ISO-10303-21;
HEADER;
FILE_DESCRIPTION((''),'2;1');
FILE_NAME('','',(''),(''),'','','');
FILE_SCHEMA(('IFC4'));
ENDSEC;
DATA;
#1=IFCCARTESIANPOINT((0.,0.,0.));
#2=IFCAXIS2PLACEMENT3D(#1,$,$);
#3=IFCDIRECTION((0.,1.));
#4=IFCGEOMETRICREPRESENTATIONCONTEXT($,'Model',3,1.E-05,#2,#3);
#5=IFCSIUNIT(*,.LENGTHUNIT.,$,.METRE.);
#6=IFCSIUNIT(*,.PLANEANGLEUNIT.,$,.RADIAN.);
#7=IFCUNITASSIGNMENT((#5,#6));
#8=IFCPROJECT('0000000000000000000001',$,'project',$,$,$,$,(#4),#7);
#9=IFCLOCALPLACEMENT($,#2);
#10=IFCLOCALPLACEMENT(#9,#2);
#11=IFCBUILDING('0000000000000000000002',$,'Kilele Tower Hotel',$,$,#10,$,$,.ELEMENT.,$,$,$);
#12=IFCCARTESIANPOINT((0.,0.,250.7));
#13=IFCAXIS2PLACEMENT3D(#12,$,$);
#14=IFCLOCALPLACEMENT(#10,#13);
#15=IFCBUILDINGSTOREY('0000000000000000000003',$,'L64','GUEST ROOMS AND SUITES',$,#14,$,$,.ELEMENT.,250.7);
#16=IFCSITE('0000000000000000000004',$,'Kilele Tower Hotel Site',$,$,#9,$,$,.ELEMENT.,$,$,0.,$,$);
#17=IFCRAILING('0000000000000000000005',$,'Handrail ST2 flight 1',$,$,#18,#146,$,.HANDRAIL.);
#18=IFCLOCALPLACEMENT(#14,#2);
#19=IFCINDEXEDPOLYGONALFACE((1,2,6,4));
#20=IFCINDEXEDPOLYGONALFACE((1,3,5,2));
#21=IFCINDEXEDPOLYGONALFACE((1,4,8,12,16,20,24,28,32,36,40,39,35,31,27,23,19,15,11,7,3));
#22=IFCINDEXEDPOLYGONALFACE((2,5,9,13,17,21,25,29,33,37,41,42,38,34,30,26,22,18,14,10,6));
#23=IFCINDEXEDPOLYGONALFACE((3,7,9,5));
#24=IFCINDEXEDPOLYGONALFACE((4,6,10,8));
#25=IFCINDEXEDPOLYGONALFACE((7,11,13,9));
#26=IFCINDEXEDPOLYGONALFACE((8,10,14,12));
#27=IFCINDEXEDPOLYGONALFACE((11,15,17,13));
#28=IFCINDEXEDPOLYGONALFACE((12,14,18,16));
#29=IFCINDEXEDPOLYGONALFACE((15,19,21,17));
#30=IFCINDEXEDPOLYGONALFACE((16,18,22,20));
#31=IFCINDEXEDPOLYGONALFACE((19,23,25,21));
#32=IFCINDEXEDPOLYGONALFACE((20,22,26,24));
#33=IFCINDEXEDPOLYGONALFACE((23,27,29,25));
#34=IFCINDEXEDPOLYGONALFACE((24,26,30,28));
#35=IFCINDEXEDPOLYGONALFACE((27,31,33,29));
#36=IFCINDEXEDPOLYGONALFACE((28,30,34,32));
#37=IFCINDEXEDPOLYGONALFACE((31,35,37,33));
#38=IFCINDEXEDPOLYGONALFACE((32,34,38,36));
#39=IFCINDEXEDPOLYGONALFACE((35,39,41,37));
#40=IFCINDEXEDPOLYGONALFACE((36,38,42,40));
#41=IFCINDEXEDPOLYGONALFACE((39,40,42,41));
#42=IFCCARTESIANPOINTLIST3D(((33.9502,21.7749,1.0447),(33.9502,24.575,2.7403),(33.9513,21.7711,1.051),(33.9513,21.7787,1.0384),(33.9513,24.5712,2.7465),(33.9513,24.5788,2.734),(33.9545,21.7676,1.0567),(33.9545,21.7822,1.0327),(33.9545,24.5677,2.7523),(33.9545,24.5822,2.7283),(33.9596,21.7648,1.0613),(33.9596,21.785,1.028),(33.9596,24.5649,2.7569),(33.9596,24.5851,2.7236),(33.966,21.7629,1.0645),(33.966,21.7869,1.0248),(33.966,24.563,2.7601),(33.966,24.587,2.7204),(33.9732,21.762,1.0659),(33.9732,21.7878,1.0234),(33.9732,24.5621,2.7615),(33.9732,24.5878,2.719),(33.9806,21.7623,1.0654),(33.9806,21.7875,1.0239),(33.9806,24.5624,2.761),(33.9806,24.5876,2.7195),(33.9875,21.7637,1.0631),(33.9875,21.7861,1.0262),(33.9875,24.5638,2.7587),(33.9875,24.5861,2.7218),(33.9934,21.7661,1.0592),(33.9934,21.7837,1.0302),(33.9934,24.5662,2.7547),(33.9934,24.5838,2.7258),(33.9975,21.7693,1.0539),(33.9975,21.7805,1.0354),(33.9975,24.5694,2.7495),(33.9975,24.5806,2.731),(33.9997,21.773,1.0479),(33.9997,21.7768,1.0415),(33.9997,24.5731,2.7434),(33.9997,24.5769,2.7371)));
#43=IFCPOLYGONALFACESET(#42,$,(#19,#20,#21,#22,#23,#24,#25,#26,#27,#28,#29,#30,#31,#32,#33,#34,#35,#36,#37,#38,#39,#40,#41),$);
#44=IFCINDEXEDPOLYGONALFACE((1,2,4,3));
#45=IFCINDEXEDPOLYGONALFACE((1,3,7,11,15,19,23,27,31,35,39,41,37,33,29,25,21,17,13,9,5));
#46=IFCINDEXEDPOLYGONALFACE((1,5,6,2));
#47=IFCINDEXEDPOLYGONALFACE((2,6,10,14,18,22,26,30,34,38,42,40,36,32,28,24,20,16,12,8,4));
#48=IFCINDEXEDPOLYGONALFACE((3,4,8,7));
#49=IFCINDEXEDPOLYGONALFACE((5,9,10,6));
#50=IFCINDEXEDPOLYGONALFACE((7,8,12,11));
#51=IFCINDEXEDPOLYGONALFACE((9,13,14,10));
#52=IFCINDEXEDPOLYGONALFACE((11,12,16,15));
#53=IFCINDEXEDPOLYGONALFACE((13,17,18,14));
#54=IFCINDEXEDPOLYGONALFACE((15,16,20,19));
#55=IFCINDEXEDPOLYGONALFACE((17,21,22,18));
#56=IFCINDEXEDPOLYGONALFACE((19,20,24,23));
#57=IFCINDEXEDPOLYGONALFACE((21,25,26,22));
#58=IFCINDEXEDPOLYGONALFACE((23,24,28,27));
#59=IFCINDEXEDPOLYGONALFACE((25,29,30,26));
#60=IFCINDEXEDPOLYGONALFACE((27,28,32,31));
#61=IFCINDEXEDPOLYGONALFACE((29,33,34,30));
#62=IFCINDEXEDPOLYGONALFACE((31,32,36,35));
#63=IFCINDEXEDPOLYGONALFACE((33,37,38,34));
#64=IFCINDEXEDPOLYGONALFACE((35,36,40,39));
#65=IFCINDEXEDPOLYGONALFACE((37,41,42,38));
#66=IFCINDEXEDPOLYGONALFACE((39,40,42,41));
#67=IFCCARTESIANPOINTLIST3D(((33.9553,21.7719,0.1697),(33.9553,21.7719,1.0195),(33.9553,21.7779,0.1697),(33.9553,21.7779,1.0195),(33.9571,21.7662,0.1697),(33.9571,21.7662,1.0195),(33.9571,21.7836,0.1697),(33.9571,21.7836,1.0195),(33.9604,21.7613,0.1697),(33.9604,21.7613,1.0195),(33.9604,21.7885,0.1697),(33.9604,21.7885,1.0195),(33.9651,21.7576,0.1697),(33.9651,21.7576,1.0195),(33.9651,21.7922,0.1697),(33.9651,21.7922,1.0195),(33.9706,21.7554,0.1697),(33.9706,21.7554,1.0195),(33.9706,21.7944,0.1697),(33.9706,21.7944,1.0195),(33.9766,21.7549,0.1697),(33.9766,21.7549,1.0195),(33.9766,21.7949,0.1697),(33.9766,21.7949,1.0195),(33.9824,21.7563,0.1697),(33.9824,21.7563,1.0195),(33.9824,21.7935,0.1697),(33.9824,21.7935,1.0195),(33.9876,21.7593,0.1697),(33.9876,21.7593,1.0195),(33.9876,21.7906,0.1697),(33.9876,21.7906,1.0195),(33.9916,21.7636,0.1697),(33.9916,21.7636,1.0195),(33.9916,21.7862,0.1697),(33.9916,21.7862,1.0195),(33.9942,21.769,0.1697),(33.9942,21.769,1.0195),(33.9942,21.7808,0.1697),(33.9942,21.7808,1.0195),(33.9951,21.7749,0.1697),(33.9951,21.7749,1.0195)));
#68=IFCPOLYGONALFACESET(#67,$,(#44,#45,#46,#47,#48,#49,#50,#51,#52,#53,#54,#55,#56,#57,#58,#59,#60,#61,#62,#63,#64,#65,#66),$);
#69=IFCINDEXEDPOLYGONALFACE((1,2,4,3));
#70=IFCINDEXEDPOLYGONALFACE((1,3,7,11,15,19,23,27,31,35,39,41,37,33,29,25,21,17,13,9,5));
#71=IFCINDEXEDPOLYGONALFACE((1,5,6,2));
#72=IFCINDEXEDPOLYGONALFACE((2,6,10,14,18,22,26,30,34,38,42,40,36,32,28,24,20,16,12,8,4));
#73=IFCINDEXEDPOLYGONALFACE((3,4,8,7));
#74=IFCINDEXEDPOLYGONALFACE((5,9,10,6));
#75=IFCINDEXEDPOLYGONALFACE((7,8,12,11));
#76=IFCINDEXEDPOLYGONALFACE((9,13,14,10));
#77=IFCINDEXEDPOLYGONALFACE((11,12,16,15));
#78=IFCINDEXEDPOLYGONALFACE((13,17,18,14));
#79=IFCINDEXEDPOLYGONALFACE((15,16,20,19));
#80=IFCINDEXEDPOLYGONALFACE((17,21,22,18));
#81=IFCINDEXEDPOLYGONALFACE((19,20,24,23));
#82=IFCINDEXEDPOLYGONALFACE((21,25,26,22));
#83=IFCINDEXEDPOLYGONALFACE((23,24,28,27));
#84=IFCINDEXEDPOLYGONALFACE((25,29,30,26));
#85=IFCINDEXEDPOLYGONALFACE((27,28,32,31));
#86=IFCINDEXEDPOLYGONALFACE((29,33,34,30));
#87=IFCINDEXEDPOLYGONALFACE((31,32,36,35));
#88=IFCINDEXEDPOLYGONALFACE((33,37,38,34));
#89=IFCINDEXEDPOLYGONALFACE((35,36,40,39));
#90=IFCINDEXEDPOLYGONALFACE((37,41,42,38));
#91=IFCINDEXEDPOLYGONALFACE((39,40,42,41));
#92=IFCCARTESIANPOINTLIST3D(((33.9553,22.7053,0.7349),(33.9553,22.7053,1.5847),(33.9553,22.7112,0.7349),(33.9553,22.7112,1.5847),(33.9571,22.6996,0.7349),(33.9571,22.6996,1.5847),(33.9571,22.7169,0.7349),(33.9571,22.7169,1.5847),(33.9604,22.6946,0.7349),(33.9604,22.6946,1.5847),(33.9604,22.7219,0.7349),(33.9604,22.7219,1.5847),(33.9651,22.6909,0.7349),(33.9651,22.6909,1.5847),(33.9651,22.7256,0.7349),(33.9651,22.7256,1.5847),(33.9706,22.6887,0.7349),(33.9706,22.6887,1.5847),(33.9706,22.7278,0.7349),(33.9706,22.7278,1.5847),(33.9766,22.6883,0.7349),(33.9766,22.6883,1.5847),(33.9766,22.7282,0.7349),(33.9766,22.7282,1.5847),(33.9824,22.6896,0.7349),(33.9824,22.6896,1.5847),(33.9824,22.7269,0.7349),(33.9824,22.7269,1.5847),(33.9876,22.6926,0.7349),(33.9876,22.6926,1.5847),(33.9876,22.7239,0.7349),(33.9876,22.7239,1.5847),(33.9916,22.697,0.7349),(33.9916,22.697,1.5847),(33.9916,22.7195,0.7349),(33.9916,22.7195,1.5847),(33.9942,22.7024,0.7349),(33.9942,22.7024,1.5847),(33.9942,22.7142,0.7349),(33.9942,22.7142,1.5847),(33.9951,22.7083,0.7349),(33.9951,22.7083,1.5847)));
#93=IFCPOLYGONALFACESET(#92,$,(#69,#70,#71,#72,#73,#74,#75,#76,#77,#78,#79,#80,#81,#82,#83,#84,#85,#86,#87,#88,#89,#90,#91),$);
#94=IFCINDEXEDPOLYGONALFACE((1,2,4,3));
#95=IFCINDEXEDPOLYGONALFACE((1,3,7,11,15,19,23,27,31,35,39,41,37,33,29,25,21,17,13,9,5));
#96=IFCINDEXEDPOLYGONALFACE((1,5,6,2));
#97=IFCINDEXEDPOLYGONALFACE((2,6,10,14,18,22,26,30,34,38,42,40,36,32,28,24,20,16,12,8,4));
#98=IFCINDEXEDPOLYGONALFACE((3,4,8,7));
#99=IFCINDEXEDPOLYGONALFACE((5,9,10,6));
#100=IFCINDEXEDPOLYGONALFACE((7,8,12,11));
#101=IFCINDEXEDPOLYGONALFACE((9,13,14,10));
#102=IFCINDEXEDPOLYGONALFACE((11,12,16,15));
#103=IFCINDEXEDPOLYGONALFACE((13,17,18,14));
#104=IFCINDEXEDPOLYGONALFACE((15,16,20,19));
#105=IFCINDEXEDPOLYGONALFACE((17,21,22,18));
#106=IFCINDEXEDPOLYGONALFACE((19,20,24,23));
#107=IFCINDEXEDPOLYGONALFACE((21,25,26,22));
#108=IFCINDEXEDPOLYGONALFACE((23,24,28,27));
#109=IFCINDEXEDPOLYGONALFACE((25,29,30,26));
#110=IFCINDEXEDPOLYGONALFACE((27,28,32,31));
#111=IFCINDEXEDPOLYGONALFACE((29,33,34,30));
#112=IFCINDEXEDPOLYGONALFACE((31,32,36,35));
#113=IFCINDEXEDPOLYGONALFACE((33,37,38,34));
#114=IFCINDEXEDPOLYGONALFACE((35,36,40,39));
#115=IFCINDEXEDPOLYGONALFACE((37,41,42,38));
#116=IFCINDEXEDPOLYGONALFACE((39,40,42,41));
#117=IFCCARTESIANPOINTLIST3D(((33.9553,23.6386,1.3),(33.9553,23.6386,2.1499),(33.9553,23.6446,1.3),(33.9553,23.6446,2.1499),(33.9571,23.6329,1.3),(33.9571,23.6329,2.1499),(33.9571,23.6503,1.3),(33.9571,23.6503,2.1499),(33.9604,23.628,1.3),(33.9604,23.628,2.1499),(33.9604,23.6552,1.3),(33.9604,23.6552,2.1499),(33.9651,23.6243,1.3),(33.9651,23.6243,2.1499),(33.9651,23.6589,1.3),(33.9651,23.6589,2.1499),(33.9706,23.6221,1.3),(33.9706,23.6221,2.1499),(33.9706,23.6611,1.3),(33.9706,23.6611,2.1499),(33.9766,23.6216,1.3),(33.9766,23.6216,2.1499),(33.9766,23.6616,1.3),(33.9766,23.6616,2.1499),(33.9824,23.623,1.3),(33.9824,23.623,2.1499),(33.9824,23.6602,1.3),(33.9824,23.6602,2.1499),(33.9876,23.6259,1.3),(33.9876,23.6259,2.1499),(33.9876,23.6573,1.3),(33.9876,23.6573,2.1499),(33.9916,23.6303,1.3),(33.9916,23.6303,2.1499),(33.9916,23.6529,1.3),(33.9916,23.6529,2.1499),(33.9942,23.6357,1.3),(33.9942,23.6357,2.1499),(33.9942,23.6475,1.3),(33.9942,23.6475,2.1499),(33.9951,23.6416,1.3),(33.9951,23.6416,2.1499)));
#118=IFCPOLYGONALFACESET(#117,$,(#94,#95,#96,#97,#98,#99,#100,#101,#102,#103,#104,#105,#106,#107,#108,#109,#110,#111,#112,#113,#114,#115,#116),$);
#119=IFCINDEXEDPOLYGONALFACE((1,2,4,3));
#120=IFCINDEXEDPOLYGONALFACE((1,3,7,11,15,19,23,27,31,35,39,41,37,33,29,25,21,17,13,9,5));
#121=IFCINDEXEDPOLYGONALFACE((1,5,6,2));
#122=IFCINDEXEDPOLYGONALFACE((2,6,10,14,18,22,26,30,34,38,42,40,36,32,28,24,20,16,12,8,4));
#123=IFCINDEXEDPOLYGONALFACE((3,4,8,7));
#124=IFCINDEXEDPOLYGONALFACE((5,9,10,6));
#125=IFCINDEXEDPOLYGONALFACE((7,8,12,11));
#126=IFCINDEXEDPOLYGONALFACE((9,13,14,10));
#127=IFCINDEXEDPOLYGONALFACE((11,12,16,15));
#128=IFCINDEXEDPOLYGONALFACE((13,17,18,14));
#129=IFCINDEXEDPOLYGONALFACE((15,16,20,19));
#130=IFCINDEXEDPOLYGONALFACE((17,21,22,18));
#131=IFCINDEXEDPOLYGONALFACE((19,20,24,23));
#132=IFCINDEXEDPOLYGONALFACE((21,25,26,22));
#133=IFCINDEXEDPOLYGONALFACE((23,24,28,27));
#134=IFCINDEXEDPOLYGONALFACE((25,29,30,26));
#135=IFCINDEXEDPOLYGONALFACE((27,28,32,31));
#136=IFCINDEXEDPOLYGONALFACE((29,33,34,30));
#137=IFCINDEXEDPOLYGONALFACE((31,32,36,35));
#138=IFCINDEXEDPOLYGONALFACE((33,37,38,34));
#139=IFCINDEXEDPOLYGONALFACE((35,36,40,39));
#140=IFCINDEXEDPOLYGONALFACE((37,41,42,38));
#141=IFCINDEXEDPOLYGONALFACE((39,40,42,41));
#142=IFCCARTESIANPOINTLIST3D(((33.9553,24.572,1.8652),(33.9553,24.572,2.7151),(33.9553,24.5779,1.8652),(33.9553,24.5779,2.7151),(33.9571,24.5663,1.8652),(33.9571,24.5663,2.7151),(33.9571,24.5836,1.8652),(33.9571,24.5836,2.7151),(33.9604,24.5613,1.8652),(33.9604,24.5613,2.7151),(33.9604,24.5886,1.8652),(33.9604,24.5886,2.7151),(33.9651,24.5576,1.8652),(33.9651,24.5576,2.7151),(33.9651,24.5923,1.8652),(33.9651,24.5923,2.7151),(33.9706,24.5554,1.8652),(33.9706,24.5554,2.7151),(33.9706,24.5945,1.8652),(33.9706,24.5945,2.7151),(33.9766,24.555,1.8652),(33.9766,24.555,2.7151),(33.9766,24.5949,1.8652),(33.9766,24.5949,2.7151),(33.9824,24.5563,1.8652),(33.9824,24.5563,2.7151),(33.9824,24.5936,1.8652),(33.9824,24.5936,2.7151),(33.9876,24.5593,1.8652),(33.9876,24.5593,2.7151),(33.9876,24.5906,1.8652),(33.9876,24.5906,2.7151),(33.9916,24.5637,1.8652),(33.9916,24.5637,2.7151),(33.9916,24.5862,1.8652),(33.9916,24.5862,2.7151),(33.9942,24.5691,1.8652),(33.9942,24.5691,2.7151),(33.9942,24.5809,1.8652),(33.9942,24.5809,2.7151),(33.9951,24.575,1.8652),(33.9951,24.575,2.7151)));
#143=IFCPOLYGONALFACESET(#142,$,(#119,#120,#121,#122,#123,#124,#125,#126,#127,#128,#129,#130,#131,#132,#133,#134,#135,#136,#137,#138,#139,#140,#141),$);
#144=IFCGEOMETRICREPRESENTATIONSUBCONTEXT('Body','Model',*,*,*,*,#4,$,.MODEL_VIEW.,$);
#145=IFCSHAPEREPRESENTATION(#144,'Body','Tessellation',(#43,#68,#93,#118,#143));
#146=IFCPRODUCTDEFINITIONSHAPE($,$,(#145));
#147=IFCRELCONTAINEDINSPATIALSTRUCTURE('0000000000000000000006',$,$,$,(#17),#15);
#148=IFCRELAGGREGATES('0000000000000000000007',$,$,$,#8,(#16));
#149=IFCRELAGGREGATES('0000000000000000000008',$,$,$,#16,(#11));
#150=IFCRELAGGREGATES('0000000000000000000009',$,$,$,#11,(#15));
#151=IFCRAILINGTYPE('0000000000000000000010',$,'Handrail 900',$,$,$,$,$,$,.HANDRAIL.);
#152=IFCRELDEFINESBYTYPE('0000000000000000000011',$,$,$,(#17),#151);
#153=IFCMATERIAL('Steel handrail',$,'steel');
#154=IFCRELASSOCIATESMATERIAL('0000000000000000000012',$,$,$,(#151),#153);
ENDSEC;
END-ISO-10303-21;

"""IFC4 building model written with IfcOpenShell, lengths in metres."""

from ifc_helpers import new_model, si_unit, direction, frame, origin, origin_2d, place, context, subcontext, project, spatial, circle, extrude, material, type_object, element, save


model = new_model("IFC4")

# Units and contexts
model_context = context("Model", 3, precision=1e-05, world=origin(), true_north=direction((0.0, 1.0)))
body_context = subcontext(model_context, "Body", "Model", "MODEL_VIEW")
ifc_project = project(units=[si_unit("LENGTHUNIT", "METRE"), si_unit("PLANEANGLEUNIT", "RADIAN")], contexts=[model_context])

# Site, building, storey
site_placement = place(None, origin())
site = spatial("IfcSite", under=ifc_project, at=site_placement, Name="Kilele Tower Hotel Site", CompositionType="ELEMENT", RefElevation=0.0)
building_placement = place(site_placement, origin())
building = spatial("IfcBuilding", under=site, at=building_placement, Name="Kilele Tower Hotel", CompositionType="ELEMENT")
storey_placement = place(building_placement, frame((0.0, 0.0, 250.7)))
storey = spatial("IfcBuildingStorey", under=building, at=storey_placement, Name="L64", Description="GUEST ROOMS AND SUITES", CompositionType="ELEMENT", Elevation=250.7)

# Railing
ifc_material_1 = material(Name="Steel handrail", Category="steel")
railing_type_1 = type_object("IfcRailingType", Name="Handrail 900", PredefinedType="HANDRAIL", material=ifc_material_1)
for number, where, name in (
    (1, (33.9751, 21.7749, 0.1697), "Handrail ST2 flight 1"),
):
    element("IfcRailing", number, at=place(storey_placement, frame(where)), inside=storey, type_object=railing_type_1, Name=name, PredefinedType="HANDRAIL", context=body_context, shape_type="SweptSolid", body=[
        extrude(circle(Radius=0.0249, at=origin_2d()), frame((0.0, 0.0, 0.875), z_axis=(0.0, 0.855393, 0.517979), x_axis=(-1.0, 0.0, 0.0)), (0.0, 0.0, 1.0), 3.2734),
        extrude(circle(Radius=0.02, at=origin_2d()), origin(), (0.0, 0.0, 1.0), 0.8499),
        extrude(circle(Radius=0.02, at=origin_2d()), frame((0.0, 0.9333, 0.5652)), (0.0, 0.0, 1.0), 0.8499),
        extrude(circle(Radius=0.02, at=origin_2d()), frame((0.0, 1.8667, 1.1304)), (0.0, 0.0, 1.0), 0.8499),
        extrude(circle(Radius=0.02, at=origin_2d()), frame((0.0, 2.8, 1.6956)), (0.0, 0.0, 1.0), 0.8499),
    ])

save(model, "model.ifc")
